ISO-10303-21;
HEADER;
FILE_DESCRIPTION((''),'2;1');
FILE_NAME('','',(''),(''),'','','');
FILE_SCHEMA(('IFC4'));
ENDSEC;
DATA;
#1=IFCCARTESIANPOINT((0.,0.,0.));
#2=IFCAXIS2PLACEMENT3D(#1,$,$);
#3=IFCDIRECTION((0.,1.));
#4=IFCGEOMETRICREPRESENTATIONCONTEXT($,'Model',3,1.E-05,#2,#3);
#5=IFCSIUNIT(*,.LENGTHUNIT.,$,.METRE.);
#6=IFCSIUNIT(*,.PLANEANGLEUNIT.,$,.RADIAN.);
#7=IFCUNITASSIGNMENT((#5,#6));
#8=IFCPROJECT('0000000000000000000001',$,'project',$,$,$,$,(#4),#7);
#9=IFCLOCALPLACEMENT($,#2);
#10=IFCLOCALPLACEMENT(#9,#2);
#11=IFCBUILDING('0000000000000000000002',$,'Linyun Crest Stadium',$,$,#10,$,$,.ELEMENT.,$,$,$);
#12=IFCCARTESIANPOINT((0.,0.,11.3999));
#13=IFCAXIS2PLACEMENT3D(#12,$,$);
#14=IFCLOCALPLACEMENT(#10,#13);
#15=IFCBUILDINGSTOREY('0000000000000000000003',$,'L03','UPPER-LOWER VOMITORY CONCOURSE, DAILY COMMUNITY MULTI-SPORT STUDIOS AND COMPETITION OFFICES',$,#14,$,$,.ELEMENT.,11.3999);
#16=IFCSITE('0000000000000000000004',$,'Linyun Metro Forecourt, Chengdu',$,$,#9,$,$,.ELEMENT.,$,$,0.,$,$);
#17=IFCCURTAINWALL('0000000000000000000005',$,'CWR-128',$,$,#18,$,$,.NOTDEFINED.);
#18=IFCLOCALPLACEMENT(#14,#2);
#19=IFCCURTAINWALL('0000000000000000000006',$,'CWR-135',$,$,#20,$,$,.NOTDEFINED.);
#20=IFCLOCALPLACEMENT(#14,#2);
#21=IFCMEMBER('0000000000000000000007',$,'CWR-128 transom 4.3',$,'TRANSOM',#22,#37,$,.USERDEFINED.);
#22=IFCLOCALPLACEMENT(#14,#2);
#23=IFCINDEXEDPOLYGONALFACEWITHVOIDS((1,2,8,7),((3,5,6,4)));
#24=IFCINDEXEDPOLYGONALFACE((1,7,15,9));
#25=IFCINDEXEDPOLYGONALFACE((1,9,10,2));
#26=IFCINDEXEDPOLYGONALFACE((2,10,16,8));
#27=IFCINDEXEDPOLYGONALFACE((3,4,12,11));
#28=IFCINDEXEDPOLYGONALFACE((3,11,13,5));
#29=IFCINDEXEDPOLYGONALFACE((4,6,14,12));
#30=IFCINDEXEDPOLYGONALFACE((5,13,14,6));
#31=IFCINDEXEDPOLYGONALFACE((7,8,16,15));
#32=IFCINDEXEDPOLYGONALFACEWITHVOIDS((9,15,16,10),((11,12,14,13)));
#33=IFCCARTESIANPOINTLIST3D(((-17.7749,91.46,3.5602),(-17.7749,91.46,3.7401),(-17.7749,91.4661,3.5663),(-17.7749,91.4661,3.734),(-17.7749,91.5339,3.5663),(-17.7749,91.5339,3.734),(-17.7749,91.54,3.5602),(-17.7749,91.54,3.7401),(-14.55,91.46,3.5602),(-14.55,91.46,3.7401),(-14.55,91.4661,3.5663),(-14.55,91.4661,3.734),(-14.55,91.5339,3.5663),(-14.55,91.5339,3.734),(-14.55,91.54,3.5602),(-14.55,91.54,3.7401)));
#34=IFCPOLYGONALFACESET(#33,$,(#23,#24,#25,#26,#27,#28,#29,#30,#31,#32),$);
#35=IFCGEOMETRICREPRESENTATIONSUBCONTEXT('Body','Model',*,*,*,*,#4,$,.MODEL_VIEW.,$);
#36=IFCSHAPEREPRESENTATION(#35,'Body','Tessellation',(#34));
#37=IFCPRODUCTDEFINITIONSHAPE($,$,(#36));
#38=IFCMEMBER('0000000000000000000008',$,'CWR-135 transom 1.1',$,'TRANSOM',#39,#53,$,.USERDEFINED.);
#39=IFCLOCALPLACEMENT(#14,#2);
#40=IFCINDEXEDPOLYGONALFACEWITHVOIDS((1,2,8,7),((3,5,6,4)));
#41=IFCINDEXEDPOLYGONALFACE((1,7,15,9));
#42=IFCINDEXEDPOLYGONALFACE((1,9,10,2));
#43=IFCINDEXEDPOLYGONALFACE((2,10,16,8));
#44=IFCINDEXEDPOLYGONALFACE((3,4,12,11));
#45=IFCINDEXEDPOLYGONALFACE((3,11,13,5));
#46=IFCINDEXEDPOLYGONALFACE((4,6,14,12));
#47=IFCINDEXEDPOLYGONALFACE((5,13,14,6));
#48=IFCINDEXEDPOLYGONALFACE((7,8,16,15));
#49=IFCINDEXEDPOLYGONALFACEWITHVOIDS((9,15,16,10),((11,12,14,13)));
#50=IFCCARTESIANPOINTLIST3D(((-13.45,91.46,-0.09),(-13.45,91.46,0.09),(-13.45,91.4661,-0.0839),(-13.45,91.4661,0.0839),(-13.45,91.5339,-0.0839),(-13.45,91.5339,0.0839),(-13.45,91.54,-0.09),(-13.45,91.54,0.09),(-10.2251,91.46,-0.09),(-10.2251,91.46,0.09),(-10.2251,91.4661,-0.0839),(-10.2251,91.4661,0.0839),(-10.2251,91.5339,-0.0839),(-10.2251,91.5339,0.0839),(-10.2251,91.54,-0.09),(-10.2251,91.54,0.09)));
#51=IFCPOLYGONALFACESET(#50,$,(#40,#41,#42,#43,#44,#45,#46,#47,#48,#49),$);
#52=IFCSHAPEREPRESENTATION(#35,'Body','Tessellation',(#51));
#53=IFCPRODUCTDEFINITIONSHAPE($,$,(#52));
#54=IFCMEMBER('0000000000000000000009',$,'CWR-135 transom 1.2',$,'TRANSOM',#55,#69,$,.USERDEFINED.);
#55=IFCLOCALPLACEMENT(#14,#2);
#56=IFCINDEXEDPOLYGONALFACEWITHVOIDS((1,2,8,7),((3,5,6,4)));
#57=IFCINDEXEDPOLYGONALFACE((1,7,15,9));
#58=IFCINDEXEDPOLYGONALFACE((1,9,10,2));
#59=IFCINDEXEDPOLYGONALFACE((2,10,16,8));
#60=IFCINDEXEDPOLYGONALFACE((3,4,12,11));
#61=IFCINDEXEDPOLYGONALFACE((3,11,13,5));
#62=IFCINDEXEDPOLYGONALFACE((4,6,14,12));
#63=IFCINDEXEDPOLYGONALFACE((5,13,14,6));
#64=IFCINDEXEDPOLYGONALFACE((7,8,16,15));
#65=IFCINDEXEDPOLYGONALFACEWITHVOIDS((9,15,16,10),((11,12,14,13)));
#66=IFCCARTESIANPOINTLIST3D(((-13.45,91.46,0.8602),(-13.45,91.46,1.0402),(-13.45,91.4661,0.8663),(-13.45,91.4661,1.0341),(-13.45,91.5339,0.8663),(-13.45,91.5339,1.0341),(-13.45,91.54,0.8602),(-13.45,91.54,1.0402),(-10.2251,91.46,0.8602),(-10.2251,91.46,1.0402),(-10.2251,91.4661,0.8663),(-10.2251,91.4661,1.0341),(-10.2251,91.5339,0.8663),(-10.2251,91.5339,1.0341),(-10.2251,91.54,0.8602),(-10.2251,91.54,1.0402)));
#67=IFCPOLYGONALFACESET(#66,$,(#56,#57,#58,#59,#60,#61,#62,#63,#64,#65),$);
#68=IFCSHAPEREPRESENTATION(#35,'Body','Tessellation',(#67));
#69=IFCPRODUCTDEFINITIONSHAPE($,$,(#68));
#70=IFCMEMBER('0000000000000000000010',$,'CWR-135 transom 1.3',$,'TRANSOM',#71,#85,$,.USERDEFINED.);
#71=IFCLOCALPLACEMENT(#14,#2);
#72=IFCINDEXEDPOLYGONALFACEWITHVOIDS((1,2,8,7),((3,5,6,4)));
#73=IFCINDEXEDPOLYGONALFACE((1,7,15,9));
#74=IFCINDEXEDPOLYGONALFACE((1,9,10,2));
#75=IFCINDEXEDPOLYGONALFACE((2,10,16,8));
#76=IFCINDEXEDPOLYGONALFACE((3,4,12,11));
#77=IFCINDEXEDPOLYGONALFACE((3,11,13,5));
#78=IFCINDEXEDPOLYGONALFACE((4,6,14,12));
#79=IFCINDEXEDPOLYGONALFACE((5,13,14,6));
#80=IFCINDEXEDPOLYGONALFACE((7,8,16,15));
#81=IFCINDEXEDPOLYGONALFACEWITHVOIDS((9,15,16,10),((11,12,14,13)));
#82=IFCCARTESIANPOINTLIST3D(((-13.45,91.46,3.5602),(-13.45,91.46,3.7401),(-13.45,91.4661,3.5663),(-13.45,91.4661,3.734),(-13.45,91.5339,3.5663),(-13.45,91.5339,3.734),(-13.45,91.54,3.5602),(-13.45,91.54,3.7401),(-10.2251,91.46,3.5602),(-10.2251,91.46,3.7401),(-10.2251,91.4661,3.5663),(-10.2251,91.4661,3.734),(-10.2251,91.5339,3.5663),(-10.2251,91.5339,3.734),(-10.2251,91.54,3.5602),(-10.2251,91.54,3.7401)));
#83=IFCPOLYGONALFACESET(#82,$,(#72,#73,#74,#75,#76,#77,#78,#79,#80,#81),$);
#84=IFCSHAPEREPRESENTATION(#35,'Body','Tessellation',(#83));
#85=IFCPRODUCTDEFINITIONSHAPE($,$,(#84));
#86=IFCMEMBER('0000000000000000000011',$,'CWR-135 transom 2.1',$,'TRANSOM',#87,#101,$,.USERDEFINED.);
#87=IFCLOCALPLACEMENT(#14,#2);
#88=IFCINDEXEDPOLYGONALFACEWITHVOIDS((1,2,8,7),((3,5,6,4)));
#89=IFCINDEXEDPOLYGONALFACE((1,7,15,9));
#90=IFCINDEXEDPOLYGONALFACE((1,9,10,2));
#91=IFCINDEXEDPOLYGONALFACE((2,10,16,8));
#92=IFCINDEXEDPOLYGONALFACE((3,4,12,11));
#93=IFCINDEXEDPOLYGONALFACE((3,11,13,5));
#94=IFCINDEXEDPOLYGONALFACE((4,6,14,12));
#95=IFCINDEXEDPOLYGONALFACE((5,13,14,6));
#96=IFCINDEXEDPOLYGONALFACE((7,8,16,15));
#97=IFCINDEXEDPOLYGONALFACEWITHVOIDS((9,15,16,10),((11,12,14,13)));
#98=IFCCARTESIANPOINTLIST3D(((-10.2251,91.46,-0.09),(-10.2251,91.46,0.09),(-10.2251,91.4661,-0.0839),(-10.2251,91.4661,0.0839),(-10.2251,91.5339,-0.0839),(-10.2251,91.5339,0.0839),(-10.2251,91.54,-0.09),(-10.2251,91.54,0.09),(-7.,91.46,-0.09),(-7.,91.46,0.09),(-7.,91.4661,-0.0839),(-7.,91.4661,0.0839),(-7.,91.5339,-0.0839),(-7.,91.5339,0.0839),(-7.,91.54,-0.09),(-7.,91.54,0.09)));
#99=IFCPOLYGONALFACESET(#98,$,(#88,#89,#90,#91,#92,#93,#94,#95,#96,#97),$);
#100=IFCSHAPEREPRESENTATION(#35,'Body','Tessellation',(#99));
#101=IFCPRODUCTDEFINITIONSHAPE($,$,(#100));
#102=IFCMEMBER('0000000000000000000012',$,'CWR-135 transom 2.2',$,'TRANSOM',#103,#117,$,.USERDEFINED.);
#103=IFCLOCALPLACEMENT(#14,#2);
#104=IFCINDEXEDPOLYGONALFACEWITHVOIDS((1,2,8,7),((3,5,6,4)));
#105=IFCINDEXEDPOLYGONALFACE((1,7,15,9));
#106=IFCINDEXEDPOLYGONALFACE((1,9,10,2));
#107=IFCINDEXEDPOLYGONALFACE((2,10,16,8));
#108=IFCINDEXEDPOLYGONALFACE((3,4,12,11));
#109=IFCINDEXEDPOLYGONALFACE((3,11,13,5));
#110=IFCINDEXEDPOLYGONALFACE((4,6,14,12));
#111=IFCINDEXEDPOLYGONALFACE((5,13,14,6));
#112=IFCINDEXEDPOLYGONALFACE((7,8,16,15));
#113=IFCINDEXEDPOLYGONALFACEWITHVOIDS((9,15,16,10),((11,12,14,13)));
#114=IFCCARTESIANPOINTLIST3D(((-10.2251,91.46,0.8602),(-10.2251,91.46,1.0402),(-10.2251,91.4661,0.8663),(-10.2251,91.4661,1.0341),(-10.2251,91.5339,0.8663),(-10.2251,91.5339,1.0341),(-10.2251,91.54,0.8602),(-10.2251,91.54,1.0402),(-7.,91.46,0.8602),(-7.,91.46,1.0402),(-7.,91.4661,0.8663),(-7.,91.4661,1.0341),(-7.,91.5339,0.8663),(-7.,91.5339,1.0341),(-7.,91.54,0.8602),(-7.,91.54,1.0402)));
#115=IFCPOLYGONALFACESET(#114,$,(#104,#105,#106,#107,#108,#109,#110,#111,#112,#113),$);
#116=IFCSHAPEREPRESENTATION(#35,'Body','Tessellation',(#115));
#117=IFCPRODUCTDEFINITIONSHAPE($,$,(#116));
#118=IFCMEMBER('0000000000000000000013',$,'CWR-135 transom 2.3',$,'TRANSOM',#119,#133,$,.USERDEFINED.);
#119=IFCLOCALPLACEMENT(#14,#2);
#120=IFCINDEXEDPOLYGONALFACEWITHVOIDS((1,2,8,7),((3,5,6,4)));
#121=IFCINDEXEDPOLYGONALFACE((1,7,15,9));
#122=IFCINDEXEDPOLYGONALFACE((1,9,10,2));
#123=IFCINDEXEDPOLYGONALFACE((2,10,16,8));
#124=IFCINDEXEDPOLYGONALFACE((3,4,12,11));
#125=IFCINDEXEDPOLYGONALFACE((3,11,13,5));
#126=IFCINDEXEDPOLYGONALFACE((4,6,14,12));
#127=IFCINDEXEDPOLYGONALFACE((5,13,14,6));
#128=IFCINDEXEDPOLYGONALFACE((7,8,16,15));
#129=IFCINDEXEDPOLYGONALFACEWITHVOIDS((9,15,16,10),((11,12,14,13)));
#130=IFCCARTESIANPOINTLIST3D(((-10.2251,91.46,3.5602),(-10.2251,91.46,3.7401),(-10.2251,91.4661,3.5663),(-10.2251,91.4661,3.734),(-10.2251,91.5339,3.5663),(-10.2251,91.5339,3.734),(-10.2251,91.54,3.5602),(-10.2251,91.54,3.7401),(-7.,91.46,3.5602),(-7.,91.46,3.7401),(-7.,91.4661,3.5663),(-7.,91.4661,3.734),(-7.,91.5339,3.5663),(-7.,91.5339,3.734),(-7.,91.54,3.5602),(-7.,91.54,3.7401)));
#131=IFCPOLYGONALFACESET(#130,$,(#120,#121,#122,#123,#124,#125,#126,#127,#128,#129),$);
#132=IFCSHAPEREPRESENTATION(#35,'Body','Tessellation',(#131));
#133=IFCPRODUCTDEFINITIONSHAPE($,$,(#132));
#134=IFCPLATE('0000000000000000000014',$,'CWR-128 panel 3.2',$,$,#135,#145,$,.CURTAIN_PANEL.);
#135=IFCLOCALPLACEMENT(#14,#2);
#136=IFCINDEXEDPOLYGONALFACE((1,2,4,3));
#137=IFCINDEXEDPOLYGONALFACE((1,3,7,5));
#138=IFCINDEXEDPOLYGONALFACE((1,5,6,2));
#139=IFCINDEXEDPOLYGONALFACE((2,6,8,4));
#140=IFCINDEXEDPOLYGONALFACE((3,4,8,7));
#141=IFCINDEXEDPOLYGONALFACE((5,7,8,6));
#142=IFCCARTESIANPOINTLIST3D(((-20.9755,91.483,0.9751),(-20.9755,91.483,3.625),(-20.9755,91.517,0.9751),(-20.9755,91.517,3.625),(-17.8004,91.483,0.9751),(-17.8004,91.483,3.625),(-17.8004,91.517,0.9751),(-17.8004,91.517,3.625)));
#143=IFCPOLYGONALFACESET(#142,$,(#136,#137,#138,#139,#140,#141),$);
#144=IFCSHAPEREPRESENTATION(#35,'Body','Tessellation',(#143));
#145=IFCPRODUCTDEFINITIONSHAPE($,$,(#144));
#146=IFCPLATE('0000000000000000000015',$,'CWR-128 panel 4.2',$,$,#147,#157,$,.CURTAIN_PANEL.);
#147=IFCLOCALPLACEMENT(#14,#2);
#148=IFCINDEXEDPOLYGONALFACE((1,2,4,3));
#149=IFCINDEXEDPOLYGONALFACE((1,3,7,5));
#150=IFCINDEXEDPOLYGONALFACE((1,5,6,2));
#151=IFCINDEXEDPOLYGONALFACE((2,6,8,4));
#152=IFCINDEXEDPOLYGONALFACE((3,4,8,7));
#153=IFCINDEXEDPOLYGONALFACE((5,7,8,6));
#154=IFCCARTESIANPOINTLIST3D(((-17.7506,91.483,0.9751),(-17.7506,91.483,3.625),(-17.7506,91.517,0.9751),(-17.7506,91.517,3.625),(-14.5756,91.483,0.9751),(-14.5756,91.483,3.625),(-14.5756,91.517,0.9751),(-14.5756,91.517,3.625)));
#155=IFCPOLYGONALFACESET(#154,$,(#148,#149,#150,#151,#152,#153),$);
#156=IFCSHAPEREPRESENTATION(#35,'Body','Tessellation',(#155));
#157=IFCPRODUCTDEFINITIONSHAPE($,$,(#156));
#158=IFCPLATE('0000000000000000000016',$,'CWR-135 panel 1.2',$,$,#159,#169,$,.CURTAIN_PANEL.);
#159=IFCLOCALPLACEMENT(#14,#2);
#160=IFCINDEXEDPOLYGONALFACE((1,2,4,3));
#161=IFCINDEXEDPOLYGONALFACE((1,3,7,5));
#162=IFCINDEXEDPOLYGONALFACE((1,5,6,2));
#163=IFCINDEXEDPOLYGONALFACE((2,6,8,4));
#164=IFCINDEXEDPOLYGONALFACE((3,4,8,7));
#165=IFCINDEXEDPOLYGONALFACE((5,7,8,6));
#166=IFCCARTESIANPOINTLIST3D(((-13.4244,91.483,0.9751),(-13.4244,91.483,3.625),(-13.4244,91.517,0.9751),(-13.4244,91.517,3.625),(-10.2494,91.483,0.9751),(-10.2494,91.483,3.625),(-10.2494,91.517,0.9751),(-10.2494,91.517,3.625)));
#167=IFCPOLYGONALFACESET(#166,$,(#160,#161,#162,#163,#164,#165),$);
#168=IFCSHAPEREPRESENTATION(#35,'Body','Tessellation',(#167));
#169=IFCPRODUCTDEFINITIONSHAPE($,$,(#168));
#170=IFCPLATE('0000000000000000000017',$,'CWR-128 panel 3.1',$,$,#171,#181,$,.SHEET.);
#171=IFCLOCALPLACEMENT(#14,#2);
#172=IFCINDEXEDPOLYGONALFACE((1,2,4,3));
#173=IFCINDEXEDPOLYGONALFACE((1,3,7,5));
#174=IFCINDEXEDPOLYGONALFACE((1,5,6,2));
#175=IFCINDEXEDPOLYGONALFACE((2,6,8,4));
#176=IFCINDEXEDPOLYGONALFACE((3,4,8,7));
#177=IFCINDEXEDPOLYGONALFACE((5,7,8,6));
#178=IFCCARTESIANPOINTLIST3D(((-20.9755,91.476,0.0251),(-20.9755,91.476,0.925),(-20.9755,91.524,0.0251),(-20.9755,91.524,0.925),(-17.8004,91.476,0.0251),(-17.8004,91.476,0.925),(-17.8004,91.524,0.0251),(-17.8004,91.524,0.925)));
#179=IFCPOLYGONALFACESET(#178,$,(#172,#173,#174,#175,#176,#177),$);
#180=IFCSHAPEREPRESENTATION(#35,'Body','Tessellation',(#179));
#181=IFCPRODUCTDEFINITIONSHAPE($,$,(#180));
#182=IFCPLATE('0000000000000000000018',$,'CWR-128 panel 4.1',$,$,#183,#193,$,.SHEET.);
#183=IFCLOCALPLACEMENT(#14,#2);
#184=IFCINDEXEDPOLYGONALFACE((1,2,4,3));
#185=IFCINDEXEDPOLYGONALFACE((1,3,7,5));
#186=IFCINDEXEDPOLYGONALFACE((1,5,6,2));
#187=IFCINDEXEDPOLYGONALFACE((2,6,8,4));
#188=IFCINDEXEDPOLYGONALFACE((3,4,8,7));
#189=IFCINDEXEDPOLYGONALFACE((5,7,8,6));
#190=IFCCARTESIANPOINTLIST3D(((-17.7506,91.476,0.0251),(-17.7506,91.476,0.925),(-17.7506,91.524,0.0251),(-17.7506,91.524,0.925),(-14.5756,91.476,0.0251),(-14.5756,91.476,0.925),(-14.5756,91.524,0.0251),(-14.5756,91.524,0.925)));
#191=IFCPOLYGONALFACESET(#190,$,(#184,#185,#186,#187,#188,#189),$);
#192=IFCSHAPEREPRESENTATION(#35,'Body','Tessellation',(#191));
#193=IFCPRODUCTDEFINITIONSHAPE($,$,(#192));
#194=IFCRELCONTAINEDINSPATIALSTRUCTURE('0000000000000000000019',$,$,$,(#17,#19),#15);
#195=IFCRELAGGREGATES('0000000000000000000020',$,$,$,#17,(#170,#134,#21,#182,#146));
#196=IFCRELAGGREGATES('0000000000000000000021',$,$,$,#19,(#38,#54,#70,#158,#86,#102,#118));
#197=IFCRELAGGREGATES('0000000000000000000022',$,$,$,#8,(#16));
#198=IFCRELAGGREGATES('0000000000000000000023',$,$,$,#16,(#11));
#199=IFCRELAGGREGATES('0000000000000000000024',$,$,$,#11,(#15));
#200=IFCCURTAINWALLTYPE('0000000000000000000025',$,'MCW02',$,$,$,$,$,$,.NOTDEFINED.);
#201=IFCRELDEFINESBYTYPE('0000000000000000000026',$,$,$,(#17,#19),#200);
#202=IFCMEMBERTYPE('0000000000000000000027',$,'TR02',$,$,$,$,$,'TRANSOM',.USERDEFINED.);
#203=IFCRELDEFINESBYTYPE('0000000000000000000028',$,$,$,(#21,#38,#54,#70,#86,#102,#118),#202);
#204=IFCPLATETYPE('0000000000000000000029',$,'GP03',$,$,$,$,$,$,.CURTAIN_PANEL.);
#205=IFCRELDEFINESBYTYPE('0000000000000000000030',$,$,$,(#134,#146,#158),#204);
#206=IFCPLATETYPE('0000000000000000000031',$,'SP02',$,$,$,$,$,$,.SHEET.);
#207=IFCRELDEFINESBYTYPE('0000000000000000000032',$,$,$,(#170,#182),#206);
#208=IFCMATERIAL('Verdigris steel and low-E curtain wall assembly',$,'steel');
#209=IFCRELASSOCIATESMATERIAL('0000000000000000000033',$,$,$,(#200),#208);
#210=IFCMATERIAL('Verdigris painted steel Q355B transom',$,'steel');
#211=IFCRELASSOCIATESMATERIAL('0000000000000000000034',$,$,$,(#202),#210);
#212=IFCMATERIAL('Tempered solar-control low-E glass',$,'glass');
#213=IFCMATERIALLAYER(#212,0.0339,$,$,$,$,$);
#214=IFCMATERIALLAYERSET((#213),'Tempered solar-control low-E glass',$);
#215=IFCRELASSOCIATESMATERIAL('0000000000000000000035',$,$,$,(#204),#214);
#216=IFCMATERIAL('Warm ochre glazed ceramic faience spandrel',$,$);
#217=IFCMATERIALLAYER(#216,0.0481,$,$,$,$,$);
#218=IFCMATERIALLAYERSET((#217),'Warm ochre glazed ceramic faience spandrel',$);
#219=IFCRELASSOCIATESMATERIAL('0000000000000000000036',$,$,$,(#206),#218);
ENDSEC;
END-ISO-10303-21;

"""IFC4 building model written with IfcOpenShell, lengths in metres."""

from ifc_helpers import new_model, si_unit, direction, frame, origin, origin_2d, place, context, subcontext, project, spatial, rectangle, hollow_rectangle, extrude, material, layer, layer_set, material_profile, profile_set, type_object, element, aggregate, save


model = new_model("IFC4")

# Units and contexts
model_context = context("Model", 3, precision=1e-05, world=origin(), true_north=direction((0.0, 1.0)))
body_context = subcontext(model_context, "Body", "Model", "MODEL_VIEW")
ifc_project = project(units=[si_unit("LENGTHUNIT", "METRE"), si_unit("PLANEANGLEUNIT", "RADIAN")], contexts=[model_context])

# Site, building, storey
site_placement = place(None, origin())
site = spatial("IfcSite", under=ifc_project, at=site_placement, Name="Linyun Metro Forecourt, Chengdu", CompositionType="ELEMENT", RefElevation=0.0)
building_placement = place(site_placement, origin())
building = spatial("IfcBuilding", under=site, at=building_placement, Name="Linyun Crest Stadium", CompositionType="ELEMENT")
storey_placement = place(building_placement, frame((0.0, 0.0, 11.3999)))
storey = spatial("IfcBuildingStorey", under=building, at=storey_placement, Name="L03", Description="UPPER-LOWER VOMITORY CONCOURSE, DAILY COMMUNITY MULTI-SPORT STUDIOS AND COMPETITION OFFICES", CompositionType="ELEMENT", Elevation=11.3999)

# Curtain walls
ifc_material_1 = material(Name="Verdigris steel and low-E curtain wall assembly", Category="steel")
curtain_wall_type = type_object("IfcCurtainWallType", Name="MCW02", PredefinedType="NOTDEFINED", material=ifc_material_1)
curtain_wall_1_placement = place(storey_placement, origin())
curtain_wall_1 = element("IfcCurtainWall", 1, at=curtain_wall_1_placement, inside=storey, type_object=curtain_wall_type, Name="CWR-128", PredefinedType="NOTDEFINED")
curtain_wall_2_placement = place(storey_placement, origin())
curtain_wall_2 = element("IfcCurtainWall", 2, at=curtain_wall_2_placement, inside=storey, type_object=curtain_wall_type, Name="CWR-135", PredefinedType="NOTDEFINED")

# Members
ifc_material_2 = material(Name="Verdigris painted steel Q355B transom", Category="steel")
ifc_material_profile_1 = material_profile(ifc_material_2, hollow_rectangle(XDim=0.0801, YDim=0.1799, WallThickness=0.0061, at=origin_2d()), Name="RHS 180x80x6")
ifc_profile_set_1 = profile_set([ifc_material_profile_1], Name="Verdigris painted steel Q355B transom")
member_type_1 = type_object("IfcMemberType", Name="TR02", ElementType="TRANSOM", PredefinedType="USERDEFINED", material=ifc_profile_set_1)
member_1_placement = place(storey_placement, frame((-17.7749, 91.5, 3.6501), z_axis=(1.0, 0.0, 0.0), x_axis=(0.0, 1.0, 0.0)))
member_1 = element("IfcMember", 3, at=member_1_placement, type_object=member_type_1, Name="CWR-128 transom 4.3", ObjectType="TRANSOM", PredefinedType="USERDEFINED", context=body_context, shape_type="SweptSolid", body=[
    extrude(hollow_rectangle(XDim=0.0801, YDim=0.1799, WallThickness=0.0061, at=origin_2d()), origin(), (0.0, 0.0, 1.0), 3.2249),
])
member_2_placement = place(storey_placement, frame((-13.45, 91.5, 0.0), z_axis=(1.0, 0.0, 0.0), x_axis=(0.0, 1.0, 0.0)))
member_2 = element("IfcMember", 4, at=member_2_placement, type_object=member_type_1, Name="CWR-135 transom 1.1", ObjectType="TRANSOM", PredefinedType="USERDEFINED", context=body_context, shape_type="SweptSolid", body=[
    extrude(hollow_rectangle(XDim=0.0801, YDim=0.1799, WallThickness=0.0061, at=origin_2d()), origin(), (0.0, 0.0, 1.0), 3.2249),
])
member_3_placement = place(storey_placement, frame((-13.45, 91.5, 0.9502), z_axis=(1.0, 0.0, 0.0), x_axis=(0.0, 1.0, 0.0)))
member_3 = element("IfcMember", 5, at=member_3_placement, type_object=member_type_1, Name="CWR-135 transom 1.2", ObjectType="TRANSOM", PredefinedType="USERDEFINED", context=body_context, shape_type="SweptSolid", body=[
    extrude(hollow_rectangle(XDim=0.0801, YDim=0.1799, WallThickness=0.0061, at=origin_2d()), origin(), (0.0, 0.0, 1.0), 3.2249),
])
member_4_placement = place(storey_placement, frame((-13.45, 91.5, 3.6501), z_axis=(1.0, 0.0, 0.0), x_axis=(0.0, 1.0, 0.0)))
member_4 = element("IfcMember", 6, at=member_4_placement, type_object=member_type_1, Name="CWR-135 transom 1.3", ObjectType="TRANSOM", PredefinedType="USERDEFINED", context=body_context, shape_type="SweptSolid", body=[
    extrude(hollow_rectangle(XDim=0.0801, YDim=0.1799, WallThickness=0.0061, at=origin_2d()), origin(), (0.0, 0.0, 1.0), 3.2249),
])
member_5_placement = place(storey_placement, frame((-10.2251, 91.5, 0.0), z_axis=(1.0, 0.0, 0.0), x_axis=(0.0, 1.0, 0.0)))
member_5 = element("IfcMember", 7, at=member_5_placement, type_object=member_type_1, Name="CWR-135 transom 2.1", ObjectType="TRANSOM", PredefinedType="USERDEFINED", context=body_context, shape_type="SweptSolid", body=[
    extrude(hollow_rectangle(XDim=0.0801, YDim=0.1799, WallThickness=0.0061, at=origin_2d()), origin(), (0.0, 0.0, 1.0), 3.2251),
])
member_6_placement = place(storey_placement, frame((-10.2251, 91.5, 0.9502), z_axis=(1.0, 0.0, 0.0), x_axis=(0.0, 1.0, 0.0)))
member_6 = element("IfcMember", 8, at=member_6_placement, type_object=member_type_1, Name="CWR-135 transom 2.2", ObjectType="TRANSOM", PredefinedType="USERDEFINED", context=body_context, shape_type="SweptSolid", body=[
    extrude(hollow_rectangle(XDim=0.0801, YDim=0.1799, WallThickness=0.0061, at=origin_2d()), origin(), (0.0, 0.0, 1.0), 3.2251),
])
member_7_placement = place(storey_placement, frame((-10.2251, 91.5, 3.6501), z_axis=(1.0, 0.0, 0.0), x_axis=(0.0, 1.0, 0.0)))
member_7 = element("IfcMember", 9, at=member_7_placement, type_object=member_type_1, Name="CWR-135 transom 2.3", ObjectType="TRANSOM", PredefinedType="USERDEFINED", context=body_context, shape_type="SweptSolid", body=[
    extrude(hollow_rectangle(XDim=0.0801, YDim=0.1799, WallThickness=0.0061, at=origin_2d()), origin(), (0.0, 0.0, 1.0), 3.2251),
])

# Plates
ifc_material_3 = material(Name="Tempered solar-control low-E glass", Category="glass")
ifc_layer_1 = layer(ifc_material_3, 0.0339)
ifc_layer_set_1 = layer_set([ifc_layer_1], Name="Tempered solar-control low-E glass")
plate_type_1 = type_object("IfcPlateType", Name="GP03", PredefinedType="CURTAIN_PANEL", material=ifc_layer_set_1)
plate_1_placement = place(storey_placement, frame((-19.3879, 91.5, 0.9751), z_axis=(0.0, 0.0, 1.0), x_axis=(1.0, 0.0, 0.0)))
plate_1 = element("IfcPlate", 10, at=plate_1_placement, type_object=plate_type_1, Name="CWR-128 panel 3.2", PredefinedType="CURTAIN_PANEL", context=body_context, shape_type="SweptSolid", body=[
    extrude(rectangle(XDim=3.175, YDim=0.0339, at=origin_2d()), origin(), (0.0, 0.0, 1.0), 2.6499),
])
plate_2_placement = place(storey_placement, frame((-16.1631, 91.5, 0.9751), z_axis=(0.0, 0.0, 1.0), x_axis=(1.0, 0.0, 0.0)))
plate_2 = element("IfcPlate", 11, at=plate_2_placement, type_object=plate_type_1, Name="CWR-128 panel 4.2", PredefinedType="CURTAIN_PANEL", context=body_context, shape_type="SweptSolid", body=[
    extrude(rectangle(XDim=3.175, YDim=0.0339, at=origin_2d()), origin(), (0.0, 0.0, 1.0), 2.6499),
])
plate_3_placement = place(storey_placement, frame((-11.8369, 91.5, 0.9751), z_axis=(0.0, 0.0, 1.0), x_axis=(1.0, 0.0, 0.0)))
plate_3 = element("IfcPlate", 12, at=plate_3_placement, type_object=plate_type_1, Name="CWR-135 panel 1.2", PredefinedType="CURTAIN_PANEL", context=body_context, shape_type="SweptSolid", body=[
    extrude(rectangle(XDim=3.175, YDim=0.0339, at=origin_2d()), origin(), (0.0, 0.0, 1.0), 2.6499),
])
ifc_material_4 = material(Name="Warm ochre glazed ceramic faience spandrel")
ifc_layer_2 = layer(ifc_material_4, 0.0481)
ifc_layer_set_2 = layer_set([ifc_layer_2], Name="Warm ochre glazed ceramic faience spandrel")
plate_type_2 = type_object("IfcPlateType", Name="SP02", PredefinedType="SHEET", material=ifc_layer_set_2)
plate_4_placement = place(storey_placement, frame((-19.3879, 91.5, 0.0251), z_axis=(0.0, 0.0, 1.0), x_axis=(1.0, 0.0, 0.0)))
plate_4 = element("IfcPlate", 13, at=plate_4_placement, type_object=plate_type_2, Name="CWR-128 panel 3.1", PredefinedType="SHEET", context=body_context, shape_type="SweptSolid", body=[
    extrude(rectangle(XDim=3.175, YDim=0.0481, at=origin_2d()), origin(), (0.0, 0.0, 1.0), 0.8999),
])
plate_5_placement = place(storey_placement, frame((-16.1631, 91.5, 0.0251), z_axis=(0.0, 0.0, 1.0), x_axis=(1.0, 0.0, 0.0)))
plate_5 = element("IfcPlate", 14, at=plate_5_placement, type_object=plate_type_2, Name="CWR-128 panel 4.1", PredefinedType="SHEET", context=body_context, shape_type="SweptSolid", body=[
    extrude(rectangle(XDim=3.175, YDim=0.0481, at=origin_2d()), origin(), (0.0, 0.0, 1.0), 0.8999),
])
aggregate(curtain_wall_1, [plate_4, plate_1, member_1, plate_5, plate_2])
aggregate(curtain_wall_2, [member_2, member_3, member_4, plate_3, member_5, member_6, member_7])

save(model, "model.ifc")
